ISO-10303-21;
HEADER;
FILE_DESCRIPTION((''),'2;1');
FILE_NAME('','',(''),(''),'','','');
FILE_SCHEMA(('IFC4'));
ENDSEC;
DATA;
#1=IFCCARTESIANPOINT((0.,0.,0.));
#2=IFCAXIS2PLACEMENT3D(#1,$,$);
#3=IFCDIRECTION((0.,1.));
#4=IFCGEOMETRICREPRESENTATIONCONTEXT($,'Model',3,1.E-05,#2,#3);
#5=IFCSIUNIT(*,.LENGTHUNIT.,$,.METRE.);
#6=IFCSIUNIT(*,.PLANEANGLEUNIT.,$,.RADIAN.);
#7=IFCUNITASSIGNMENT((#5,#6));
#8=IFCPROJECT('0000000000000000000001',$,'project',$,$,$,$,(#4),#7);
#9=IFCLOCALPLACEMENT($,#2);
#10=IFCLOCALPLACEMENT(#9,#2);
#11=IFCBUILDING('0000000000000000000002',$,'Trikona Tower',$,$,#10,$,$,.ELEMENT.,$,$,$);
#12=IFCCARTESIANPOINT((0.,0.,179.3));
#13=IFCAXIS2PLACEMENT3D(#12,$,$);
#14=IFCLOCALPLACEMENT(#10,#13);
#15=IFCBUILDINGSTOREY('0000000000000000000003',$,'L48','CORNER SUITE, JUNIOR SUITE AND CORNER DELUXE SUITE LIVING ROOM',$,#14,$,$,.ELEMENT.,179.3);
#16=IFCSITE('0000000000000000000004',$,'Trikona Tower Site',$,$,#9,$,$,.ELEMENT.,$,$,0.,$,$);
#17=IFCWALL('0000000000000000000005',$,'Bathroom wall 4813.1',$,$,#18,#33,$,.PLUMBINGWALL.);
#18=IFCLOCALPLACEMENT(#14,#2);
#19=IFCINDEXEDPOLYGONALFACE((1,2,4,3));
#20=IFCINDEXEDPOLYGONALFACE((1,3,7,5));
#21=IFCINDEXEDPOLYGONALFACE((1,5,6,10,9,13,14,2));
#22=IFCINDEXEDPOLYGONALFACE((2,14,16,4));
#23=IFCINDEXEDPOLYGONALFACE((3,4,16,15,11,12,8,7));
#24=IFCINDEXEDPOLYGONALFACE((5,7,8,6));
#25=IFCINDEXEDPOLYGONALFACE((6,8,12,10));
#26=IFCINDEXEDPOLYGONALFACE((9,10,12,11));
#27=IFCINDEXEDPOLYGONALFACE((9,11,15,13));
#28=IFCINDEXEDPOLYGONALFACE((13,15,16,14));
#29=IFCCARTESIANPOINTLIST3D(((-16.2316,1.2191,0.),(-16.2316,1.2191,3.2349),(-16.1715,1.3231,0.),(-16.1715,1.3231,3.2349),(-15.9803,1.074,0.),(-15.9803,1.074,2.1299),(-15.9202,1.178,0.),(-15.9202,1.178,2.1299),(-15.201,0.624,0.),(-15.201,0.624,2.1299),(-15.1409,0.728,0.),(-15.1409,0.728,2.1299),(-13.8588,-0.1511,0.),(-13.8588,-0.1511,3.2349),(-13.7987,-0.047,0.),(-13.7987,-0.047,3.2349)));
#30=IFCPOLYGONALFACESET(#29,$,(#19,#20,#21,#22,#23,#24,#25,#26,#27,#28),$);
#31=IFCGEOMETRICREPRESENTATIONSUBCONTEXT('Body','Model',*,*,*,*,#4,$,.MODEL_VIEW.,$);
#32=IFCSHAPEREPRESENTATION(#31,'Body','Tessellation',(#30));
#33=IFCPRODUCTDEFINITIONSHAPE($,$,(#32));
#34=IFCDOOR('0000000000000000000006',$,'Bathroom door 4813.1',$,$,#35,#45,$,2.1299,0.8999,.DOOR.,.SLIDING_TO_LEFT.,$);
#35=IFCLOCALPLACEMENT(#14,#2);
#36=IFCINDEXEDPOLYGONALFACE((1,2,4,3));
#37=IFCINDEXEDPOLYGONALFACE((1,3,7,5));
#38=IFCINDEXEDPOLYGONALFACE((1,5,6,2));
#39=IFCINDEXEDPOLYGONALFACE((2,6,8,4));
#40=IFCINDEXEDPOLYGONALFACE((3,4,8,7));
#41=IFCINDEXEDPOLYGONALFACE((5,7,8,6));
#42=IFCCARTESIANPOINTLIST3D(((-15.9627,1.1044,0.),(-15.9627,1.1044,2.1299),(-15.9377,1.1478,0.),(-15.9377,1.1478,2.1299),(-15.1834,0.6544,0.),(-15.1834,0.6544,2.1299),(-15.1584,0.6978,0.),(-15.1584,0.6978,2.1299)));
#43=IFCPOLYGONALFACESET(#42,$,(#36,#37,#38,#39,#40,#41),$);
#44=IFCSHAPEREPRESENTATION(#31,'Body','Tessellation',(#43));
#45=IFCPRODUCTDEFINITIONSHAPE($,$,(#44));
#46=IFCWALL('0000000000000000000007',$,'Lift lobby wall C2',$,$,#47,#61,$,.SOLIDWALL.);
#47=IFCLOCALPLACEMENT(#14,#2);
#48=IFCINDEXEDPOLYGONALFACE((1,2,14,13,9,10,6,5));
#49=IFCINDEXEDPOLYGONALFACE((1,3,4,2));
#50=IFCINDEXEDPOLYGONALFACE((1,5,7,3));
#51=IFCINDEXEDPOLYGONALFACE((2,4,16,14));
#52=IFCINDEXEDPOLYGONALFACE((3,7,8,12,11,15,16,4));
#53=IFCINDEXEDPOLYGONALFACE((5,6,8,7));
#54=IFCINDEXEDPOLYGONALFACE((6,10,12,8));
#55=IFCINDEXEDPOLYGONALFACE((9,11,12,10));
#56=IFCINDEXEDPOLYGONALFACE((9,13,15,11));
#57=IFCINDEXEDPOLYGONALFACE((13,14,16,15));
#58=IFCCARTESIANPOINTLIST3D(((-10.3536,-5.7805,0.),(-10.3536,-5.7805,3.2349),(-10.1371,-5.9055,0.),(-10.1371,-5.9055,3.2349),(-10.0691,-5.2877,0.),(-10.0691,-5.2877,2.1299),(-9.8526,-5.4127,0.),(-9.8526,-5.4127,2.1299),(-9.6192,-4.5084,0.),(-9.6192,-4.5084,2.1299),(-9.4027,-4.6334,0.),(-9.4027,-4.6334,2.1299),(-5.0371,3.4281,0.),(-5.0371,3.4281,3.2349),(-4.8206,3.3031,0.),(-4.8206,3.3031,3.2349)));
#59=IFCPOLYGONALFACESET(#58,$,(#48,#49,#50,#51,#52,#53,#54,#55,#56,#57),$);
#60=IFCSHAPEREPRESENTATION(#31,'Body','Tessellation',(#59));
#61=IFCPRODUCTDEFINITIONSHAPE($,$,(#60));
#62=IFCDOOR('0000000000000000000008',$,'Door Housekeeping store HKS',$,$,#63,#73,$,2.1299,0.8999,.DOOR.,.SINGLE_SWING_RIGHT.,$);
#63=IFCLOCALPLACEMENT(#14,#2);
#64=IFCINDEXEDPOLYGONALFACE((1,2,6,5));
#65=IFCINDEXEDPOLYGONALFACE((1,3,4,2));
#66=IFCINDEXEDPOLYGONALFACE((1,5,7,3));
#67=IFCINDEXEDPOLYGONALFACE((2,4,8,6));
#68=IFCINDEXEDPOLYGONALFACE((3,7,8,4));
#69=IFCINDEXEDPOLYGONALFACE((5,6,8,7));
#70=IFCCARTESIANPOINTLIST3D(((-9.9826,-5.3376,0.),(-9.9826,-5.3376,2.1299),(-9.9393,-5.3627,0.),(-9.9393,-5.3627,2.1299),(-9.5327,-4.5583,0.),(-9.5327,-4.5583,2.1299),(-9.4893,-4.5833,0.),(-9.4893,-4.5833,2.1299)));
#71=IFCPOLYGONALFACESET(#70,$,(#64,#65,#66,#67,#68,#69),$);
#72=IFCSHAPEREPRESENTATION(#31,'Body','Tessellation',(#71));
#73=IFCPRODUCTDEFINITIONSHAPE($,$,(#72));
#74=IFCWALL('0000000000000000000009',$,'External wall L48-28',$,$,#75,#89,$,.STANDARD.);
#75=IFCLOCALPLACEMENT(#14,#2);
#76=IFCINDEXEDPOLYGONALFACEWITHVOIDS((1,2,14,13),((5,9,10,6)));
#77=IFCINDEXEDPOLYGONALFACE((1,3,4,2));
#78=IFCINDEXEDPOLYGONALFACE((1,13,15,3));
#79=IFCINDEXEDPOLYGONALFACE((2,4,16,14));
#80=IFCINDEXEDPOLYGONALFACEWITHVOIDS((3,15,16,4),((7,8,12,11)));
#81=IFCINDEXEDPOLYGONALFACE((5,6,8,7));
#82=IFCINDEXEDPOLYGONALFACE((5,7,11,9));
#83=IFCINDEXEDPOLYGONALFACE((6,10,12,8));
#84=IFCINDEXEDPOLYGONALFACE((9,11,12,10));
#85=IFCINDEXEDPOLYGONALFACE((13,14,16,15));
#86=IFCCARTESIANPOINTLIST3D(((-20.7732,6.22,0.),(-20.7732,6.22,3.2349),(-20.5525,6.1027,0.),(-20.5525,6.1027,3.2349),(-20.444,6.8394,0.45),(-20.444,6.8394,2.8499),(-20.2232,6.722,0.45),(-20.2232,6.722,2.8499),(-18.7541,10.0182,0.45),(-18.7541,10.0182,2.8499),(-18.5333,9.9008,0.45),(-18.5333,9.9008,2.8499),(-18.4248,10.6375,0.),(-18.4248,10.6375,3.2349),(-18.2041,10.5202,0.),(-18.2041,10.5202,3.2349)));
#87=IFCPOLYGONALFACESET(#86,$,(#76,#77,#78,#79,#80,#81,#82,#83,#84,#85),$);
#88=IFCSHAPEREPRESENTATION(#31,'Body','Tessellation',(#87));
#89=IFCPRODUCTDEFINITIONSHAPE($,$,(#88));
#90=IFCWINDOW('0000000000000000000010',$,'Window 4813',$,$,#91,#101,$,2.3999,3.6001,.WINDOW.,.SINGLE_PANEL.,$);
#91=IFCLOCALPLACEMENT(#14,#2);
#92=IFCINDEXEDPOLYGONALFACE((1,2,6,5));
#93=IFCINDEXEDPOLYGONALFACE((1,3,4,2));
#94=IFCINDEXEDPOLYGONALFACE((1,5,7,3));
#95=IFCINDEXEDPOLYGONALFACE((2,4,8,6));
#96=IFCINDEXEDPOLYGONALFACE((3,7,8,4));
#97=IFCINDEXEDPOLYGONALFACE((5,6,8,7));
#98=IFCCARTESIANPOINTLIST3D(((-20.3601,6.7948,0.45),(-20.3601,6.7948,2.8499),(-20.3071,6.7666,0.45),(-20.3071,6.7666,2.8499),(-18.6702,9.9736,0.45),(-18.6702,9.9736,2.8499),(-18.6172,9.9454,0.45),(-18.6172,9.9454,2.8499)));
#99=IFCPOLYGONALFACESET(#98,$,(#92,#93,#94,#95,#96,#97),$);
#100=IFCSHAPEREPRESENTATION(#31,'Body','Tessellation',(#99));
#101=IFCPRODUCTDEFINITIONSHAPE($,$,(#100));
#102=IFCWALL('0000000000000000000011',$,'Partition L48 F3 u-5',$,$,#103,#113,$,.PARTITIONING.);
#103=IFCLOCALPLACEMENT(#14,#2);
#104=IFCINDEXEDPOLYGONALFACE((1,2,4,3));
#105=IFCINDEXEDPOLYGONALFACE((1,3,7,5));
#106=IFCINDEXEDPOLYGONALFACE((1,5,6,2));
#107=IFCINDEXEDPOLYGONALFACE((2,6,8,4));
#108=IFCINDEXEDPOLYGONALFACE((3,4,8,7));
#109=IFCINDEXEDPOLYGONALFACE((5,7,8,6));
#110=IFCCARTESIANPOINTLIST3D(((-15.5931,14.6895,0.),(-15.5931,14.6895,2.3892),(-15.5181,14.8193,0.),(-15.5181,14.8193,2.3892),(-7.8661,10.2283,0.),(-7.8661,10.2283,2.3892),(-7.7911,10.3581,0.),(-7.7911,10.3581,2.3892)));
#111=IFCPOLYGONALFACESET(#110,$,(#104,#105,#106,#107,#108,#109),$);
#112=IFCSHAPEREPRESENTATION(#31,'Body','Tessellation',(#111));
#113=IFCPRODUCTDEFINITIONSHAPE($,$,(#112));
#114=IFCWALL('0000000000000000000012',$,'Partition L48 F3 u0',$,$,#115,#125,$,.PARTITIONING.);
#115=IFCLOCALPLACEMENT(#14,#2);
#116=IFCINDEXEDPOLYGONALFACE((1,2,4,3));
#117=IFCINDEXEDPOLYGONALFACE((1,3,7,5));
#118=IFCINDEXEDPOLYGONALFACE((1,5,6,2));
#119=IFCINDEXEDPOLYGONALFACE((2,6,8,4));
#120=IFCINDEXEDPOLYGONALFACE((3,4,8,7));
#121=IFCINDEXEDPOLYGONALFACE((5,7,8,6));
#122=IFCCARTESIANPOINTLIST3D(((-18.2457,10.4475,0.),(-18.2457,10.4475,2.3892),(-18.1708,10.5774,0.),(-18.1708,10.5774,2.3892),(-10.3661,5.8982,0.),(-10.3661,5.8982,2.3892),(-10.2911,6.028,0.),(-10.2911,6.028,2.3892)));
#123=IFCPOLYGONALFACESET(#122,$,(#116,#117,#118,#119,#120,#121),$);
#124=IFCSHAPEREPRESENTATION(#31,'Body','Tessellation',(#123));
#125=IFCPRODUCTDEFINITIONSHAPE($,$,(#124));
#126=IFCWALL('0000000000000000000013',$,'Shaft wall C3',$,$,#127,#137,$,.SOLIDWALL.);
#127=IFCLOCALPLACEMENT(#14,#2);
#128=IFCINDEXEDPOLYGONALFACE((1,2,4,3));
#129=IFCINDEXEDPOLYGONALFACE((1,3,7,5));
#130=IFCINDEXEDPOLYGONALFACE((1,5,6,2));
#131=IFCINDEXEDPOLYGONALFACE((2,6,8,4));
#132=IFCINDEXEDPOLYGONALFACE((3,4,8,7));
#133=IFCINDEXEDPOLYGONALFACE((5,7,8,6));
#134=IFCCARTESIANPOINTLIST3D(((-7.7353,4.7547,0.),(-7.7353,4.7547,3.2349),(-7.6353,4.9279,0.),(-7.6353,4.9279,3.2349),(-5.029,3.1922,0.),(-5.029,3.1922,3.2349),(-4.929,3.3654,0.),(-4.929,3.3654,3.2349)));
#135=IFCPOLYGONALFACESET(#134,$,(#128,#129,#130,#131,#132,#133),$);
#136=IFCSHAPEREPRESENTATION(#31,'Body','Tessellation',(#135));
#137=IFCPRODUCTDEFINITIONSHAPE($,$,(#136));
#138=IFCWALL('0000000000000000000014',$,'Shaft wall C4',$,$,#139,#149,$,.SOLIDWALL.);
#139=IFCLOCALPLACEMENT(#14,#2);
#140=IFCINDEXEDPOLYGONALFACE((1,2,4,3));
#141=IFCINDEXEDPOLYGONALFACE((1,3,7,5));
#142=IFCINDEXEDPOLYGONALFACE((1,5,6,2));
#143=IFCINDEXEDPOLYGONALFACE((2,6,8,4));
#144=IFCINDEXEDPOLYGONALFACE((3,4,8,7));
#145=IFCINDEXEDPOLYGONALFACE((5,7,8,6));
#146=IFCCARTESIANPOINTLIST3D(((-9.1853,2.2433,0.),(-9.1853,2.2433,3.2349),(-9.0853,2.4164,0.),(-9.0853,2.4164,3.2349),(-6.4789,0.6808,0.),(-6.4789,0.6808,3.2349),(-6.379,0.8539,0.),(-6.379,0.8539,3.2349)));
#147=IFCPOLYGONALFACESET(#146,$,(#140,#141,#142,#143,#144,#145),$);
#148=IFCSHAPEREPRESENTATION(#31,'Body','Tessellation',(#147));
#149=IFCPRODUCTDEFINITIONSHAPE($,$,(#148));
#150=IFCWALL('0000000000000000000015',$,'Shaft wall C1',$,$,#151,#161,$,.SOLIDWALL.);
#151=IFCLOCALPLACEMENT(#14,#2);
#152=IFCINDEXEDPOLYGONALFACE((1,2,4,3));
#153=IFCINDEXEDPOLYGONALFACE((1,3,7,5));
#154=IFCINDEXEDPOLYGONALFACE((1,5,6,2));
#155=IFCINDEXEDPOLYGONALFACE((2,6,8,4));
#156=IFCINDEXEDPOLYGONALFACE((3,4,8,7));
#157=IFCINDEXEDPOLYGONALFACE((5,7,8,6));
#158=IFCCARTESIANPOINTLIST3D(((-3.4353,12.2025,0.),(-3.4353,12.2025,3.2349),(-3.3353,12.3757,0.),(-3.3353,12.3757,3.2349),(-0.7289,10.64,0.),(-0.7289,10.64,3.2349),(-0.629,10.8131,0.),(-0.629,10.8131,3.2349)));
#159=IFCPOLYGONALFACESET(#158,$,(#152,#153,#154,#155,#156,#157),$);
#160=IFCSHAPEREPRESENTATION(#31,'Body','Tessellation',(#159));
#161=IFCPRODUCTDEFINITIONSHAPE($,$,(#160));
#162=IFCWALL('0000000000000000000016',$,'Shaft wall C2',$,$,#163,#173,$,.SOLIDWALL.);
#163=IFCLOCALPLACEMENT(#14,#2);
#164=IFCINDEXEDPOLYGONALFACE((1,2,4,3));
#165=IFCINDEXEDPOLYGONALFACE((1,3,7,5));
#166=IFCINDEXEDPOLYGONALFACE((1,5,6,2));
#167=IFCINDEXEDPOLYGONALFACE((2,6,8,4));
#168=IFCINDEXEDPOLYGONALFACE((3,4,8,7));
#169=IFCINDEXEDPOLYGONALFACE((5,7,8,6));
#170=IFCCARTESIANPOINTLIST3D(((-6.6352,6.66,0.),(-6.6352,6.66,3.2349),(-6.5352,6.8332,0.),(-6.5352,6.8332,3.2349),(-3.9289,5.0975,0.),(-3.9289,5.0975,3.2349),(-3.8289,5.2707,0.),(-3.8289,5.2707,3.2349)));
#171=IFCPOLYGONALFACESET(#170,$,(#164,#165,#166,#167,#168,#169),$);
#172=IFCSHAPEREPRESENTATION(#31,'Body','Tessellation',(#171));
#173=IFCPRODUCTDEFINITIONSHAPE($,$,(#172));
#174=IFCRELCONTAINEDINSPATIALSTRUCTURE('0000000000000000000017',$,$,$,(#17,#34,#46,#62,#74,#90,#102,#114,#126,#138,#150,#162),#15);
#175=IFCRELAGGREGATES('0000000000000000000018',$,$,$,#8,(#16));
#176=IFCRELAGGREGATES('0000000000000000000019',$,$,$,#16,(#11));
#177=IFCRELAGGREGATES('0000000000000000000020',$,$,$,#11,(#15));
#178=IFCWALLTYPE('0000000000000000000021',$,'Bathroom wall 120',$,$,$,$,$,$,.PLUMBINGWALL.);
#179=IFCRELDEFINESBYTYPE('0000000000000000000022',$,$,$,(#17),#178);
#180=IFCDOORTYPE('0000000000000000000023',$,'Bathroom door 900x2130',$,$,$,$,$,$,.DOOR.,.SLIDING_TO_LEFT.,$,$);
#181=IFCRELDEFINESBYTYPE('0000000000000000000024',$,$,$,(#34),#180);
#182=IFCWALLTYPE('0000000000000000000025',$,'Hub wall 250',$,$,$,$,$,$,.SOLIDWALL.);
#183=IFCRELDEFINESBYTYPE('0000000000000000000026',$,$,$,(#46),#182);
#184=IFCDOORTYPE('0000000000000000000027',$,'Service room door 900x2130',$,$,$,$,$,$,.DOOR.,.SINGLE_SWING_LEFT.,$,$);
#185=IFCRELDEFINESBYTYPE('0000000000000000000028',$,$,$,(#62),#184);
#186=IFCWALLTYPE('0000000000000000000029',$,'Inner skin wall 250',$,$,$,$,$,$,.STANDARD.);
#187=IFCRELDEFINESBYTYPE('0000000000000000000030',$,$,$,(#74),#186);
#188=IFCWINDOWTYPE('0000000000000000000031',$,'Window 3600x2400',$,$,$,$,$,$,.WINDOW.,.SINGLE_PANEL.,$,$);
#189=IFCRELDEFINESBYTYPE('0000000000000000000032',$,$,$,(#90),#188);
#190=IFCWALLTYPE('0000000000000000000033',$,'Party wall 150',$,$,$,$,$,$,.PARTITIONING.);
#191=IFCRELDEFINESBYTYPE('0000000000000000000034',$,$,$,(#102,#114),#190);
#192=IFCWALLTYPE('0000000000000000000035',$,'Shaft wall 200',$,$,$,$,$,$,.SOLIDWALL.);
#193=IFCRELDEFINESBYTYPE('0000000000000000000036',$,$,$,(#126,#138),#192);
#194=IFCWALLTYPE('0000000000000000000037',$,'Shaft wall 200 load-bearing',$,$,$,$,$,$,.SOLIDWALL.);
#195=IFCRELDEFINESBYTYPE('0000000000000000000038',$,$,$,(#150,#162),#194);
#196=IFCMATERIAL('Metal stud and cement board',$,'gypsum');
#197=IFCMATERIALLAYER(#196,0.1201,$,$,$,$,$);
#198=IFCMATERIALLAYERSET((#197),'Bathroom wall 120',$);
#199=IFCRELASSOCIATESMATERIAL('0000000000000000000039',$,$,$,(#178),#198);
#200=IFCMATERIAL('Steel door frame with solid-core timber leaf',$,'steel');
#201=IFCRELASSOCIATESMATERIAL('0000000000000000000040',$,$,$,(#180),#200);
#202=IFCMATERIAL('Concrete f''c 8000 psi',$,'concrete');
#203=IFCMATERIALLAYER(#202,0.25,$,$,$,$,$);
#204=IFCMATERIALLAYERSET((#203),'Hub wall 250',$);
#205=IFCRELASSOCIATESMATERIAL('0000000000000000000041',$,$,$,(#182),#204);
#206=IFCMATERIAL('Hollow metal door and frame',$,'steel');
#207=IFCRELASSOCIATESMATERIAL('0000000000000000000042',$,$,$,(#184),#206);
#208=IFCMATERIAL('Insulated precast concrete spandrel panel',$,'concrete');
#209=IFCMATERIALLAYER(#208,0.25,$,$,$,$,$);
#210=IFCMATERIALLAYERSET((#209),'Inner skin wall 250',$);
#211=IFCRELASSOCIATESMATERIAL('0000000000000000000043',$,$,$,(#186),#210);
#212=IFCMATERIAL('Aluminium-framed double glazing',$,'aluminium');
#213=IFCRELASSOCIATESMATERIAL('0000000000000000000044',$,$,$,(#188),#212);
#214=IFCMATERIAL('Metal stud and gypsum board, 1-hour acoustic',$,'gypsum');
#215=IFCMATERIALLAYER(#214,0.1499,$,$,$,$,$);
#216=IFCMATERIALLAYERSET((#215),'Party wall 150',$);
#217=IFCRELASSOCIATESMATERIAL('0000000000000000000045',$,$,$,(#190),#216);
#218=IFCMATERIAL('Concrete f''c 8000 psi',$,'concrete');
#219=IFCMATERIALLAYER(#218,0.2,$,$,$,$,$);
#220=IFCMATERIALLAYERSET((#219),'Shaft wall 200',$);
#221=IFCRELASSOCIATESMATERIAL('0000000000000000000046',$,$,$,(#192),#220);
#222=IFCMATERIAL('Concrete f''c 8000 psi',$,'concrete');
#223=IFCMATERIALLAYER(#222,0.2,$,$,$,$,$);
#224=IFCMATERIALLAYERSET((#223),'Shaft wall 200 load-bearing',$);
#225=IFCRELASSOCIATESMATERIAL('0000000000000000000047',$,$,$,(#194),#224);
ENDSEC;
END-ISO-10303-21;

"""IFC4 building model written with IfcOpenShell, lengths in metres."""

from ifc_helpers import new_model, si_unit, direction, frame, frame_2d, origin, place, context, subcontext, project, spatial, rectangle, extrude, material, layer, layer_set, type_object, element, fill, save


model = new_model("IFC4")

# Units and contexts
model_context = context("Model", 3, precision=1e-05, world=origin(), true_north=direction((0.0, 1.0)))
body_context = subcontext(model_context, "Body", "Model", "MODEL_VIEW")
ifc_project = project(units=[si_unit("LENGTHUNIT", "METRE"), si_unit("PLANEANGLEUNIT", "RADIAN")], contexts=[model_context])

# Site, building, storey
site_placement = place(None, origin())
site = spatial("IfcSite", under=ifc_project, at=site_placement, Name="Trikona Tower Site", CompositionType="ELEMENT", RefElevation=0.0)
building_placement = place(site_placement, origin())
building = spatial("IfcBuilding", under=site, at=building_placement, Name="Trikona Tower", CompositionType="ELEMENT")
storey_placement = place(building_placement, frame((0.0, 0.0, 179.3)))
storey = spatial("IfcBuildingStorey", under=building, at=storey_placement, Name="L48", Description="CORNER SUITE, JUNIOR SUITE AND CORNER DELUXE SUITE LIVING ROOM", CompositionType="ELEMENT", Elevation=179.3)

# Shared definitions
ifc_material_1 = material(Name="Metal stud and cement board", Category="gypsum")
ifc_layer_1 = layer(ifc_material_1, 0.1201)
ifc_layer_set_1 = layer_set([ifc_layer_1], Name="Bathroom wall 120")
wall_type_1 = type_object("IfcWallType", Name="Bathroom wall 120", PredefinedType="PLUMBINGWALL", material=ifc_layer_set_1)

# Shared definitions
ifc_material_2 = material(Name="Steel door frame with solid-core timber leaf", Category="steel")
door_type_1 = type_object("IfcDoorType", Name="Bathroom door 900x2130", OperationType="SLIDING_TO_LEFT", PredefinedType="DOOR", material=ifc_material_2)

# Walls, openings, doors
wall_1_placement = place(storey_placement, frame((-13.8286, -0.0991, 0.0), z_axis=(0.0, 0.0, 1.0), x_axis=(-0.865997, 0.500049, 0.0)))
wall_1 = element("IfcWall", 1, at=wall_1_placement, inside=storey, type_object=wall_type_1, Name="Bathroom wall 4813.1", PredefinedType="PLUMBINGWALL", context=body_context, shape_type="SweptSolid", body=[
    extrude(rectangle(XDim=2.74, YDim=0.1201, at=frame_2d((1.3701, 0.0))), origin(), (0.0, 0.0, 1.0), 3.2349),
])
opening_1_placement = place(wall_1_placement, frame((1.55, 0.0, 0.0)))
opening_1 = element("IfcOpeningElement", 2, at=opening_1_placement, cuts=wall_1, PredefinedType="OPENING", context=body_context, shape_type="SweptSolid", body=[
    extrude(rectangle(XDim=0.8999, YDim=2.1299, at=frame_2d((0.45, 1.0649))), frame((0.0, 0.0701, 0.0), z_axis=(0.0, -1.0, 0.0), x_axis=(1.0, 0.0, 0.0)), (0.0, 0.0, 1.0), 0.1401),
])
door_1_placement = place(opening_1_placement, origin())
door_1 = element("IfcDoor", 3, at=door_1_placement, inside=storey, type_object=door_type_1, Name="Bathroom door 4813.1", OperationType="SLIDING_TO_LEFT", OverallHeight=2.1299, OverallWidth=0.8999, PredefinedType="DOOR", context=body_context, shape_type="SweptSolid", body=[
    extrude(rectangle(XDim=0.8999, YDim=2.1299, at=frame_2d((0.45, 1.0649))), frame((0.0, 0.0249, 0.0), z_axis=(0.0, -1.0, 0.0), x_axis=(1.0, 0.0, 0.0)), (0.0, 0.0, 1.0), 0.05),
])
fill(opening_1, door_1)
ifc_material_3 = material(Name="Concrete f'c 8000 psi", Category="concrete")
ifc_layer_2 = layer(ifc_material_3, 0.25)
ifc_layer_set_2 = layer_set([ifc_layer_2], Name="Hub wall 250")
wall_type_2 = type_object("IfcWallType", Name="Hub wall 250", PredefinedType="SOLIDWALL", material=ifc_layer_set_2)
wall_2_placement = place(storey_placement, frame((-4.929, 3.3655, 0.0), z_axis=(0.0, 0.0, 1.0), x_axis=(-0.499991, -0.86603, 0.0)))
wall_2 = element("IfcWall", 4, at=wall_2_placement, inside=storey, type_object=wall_type_2, Name="Lift lobby wall C2", PredefinedType="SOLIDWALL", context=body_context, shape_type="SweptSolid", body=[
    extrude(rectangle(XDim=10.6331, YDim=0.25, at=frame_2d((5.3164, 0.0))), origin(), (0.0, 0.0, 1.0), 3.2349),
])
opening_2_placement = place(wall_2_placement, frame((9.1641, 0.0, 0.0)))
opening_2 = element("IfcOpeningElement", 5, at=opening_2_placement, cuts=wall_2, PredefinedType="OPENING", context=body_context, shape_type="SweptSolid", body=[
    extrude(rectangle(XDim=0.8999, YDim=2.1299, at=frame_2d((0.45, 1.0649))), frame((0.0, 0.135, 0.0), z_axis=(0.0, -1.0, 0.0), x_axis=(1.0, 0.0, 0.0)), (0.0, 0.0, 1.0), 0.27),
])
ifc_material_4 = material(Name="Hollow metal door and frame", Category="steel")
door_type_2 = type_object("IfcDoorType", Name="Service room door 900x2130", OperationType="SINGLE_SWING_LEFT", PredefinedType="DOOR", material=ifc_material_4)
door_2_placement = place(opening_2_placement, origin())
door_2 = element("IfcDoor", 6, at=door_2_placement, inside=storey, type_object=door_type_2, Name="Door Housekeeping store HKS", OperationType="SINGLE_SWING_RIGHT", OverallHeight=2.1299, OverallWidth=0.8999, PredefinedType="DOOR", context=body_context, shape_type="SweptSolid", body=[
    extrude(rectangle(XDim=0.8999, YDim=2.1299, at=frame_2d((0.45, 1.0649))), frame((0.0, 0.0249, 0.0), z_axis=(0.0, -1.0, 0.0), x_axis=(1.0, 0.0, 0.0)), (0.0, 0.0, 1.0), 0.05),
])
fill(opening_2, door_2)

# Wall, opening, window
ifc_material_5 = material(Name="Insulated precast concrete spandrel panel", Category="concrete")
ifc_layer_3 = layer(ifc_material_5, 0.25)
ifc_layer_set_3 = layer_set([ifc_layer_3], Name="Inner skin wall 250")
wall_type_3 = type_object("IfcWallType", Name="Inner skin wall 250", PredefinedType="STANDARD", material=ifc_layer_set_3)
wall_3_placement = place(storey_placement, frame((-18.3145, 10.5789, 0.0), z_axis=(0.0, 0.0, 1.0), x_axis=(-0.469405, -0.882983, 0.0)))
wall_3 = element("IfcWall", 7, at=wall_3_placement, inside=storey, type_object=wall_type_3, Name="External wall L48-28", PredefinedType="STANDARD", context=body_context, shape_type="SweptSolid", body=[
    extrude(rectangle(XDim=5.0029, YDim=0.25, at=frame_2d((2.5015, 0.0))), origin(), (0.0, 0.0, 1.0), 3.2349),
])
opening_3_placement = place(wall_3_placement, frame((0.7014, 0.0, 0.45)))
opening_3 = element("IfcOpeningElement", 8, at=opening_3_placement, cuts=wall_3, PredefinedType="OPENING", context=body_context, shape_type="SweptSolid", body=[
    extrude(rectangle(XDim=3.6001, YDim=2.3999, at=frame_2d((1.8, 1.2))), frame((0.0, 0.135, 0.0), z_axis=(0.0, -1.0, 0.0), x_axis=(1.0, 0.0, 0.0)), (0.0, 0.0, 1.0), 0.27),
])
ifc_material_6 = material(Name="Aluminium-framed double glazing", Category="aluminium")
window_type = type_object("IfcWindowType", Name="Window 3600x2400", PartitioningType="SINGLE_PANEL", PredefinedType="WINDOW", material=ifc_material_6)
window_placement = place(opening_3_placement, origin())
window = element("IfcWindow", 9, at=window_placement, inside=storey, type_object=window_type, Name="Window 4813", OverallHeight=2.3999, OverallWidth=3.6001, PartitioningType="SINGLE_PANEL", PredefinedType="WINDOW", context=body_context, shape_type="SweptSolid", body=[
    extrude(rectangle(XDim=3.6001, YDim=2.3999, at=frame_2d((1.8, 1.2))), frame((0.0, 0.03, 0.0), z_axis=(0.0, -1.0, 0.0), x_axis=(1.0, 0.0, 0.0)), (0.0, 0.0, 1.0), 0.0601),
])
fill(opening_3, window)

# Walls
ifc_material_7 = material(Name="Metal stud and gypsum board, 1-hour acoustic", Category="gypsum")
ifc_layer_4 = layer(ifc_material_7, 0.1499)
ifc_layer_set_4 = layer_set([ifc_layer_4], Name="Party wall 150")
wall_type_4 = type_object("IfcWallType", Name="Party wall 150", PredefinedType="PARTITIONING", material=ifc_layer_set_4)
wall_4_placement = place(storey_placement, frame((-7.8286, 10.2932, 0.0), z_axis=(0.0, 0.0, 1.0), x_axis=(-0.866027, 0.499997, 0.0)))
element("IfcWall", 10, at=wall_4_placement, inside=storey, type_object=wall_type_4, Name="Partition L48 F3 u-5", PredefinedType="PARTITIONING", context=body_context, shape_type="SweptSolid", body=[
    extrude(rectangle(XDim=8.9224, YDim=0.1499, at=frame_2d((4.4612, 0.0))), origin(), (0.0, 0.0, 1.0), 2.3892),
])
wall_5_placement = place(storey_placement, frame((-10.3286, 5.9631, 0.0), z_axis=(0.0, 0.0, 1.0), x_axis=(-0.866025, 0.5, 0.0)))
element("IfcWall", 11, at=wall_5_placement, inside=storey, type_object=wall_type_4, Name="Partition L48 F3 u0", PredefinedType="PARTITIONING", context=body_context, shape_type="SweptSolid", body=[
    extrude(rectangle(XDim=9.0986, YDim=0.1499, at=frame_2d((4.5493, 0.0))), origin(), (0.0, 0.0, 1.0), 2.3892),
])
ifc_material_8 = material(Name="Concrete f'c 8000 psi", Category="concrete")
ifc_layer_5 = layer(ifc_material_8, 0.2)
ifc_layer_set_5 = layer_set([ifc_layer_5], Name="Shaft wall 200")
wall_type_5 = type_object("IfcWallType", Name="Shaft wall 200", PredefinedType="SOLIDWALL", material=ifc_layer_set_5)
for number, where, z_axis, x_axis, name in (
    (12, (-4.979, 3.2788, 0.0), (0.0, 0.0, 1.0), (-0.866023, 0.500004, 0.0), "Shaft wall C3"),
    (13, (-6.429, 0.7673, 0.0), (0.0, 0.0, 1.0), (-0.866023, 0.500004, 0.0), "Shaft wall C4"),
):
    element("IfcWall", number, at=place(storey_placement, frame(where, z_axis=z_axis, x_axis=x_axis)), inside=storey, type_object=wall_type_5, Name=name, PredefinedType="SOLIDWALL", context=body_context, shape_type="SweptSolid", body=[
        extrude(rectangle(XDim=3.125, YDim=0.2, at=frame_2d((1.5625, 0.0))), origin(), (0.0, 0.0, 1.0), 3.2349),
    ])
ifc_material_9 = material(Name="Concrete f'c 8000 psi", Category="concrete")
ifc_layer_6 = layer(ifc_material_9, 0.2)
ifc_layer_set_6 = layer_set([ifc_layer_6], Name="Shaft wall 200 load-bearing")
wall_type_6 = type_object("IfcWallType", Name="Shaft wall 200 load-bearing", PredefinedType="SOLIDWALL", material=ifc_layer_set_6)
for number, where, z_axis, x_axis, name in (
    (14, (-0.679, 10.7266, 0.0), (0.0, 0.0, 1.0), (-0.866023, 0.500004, 0.0), "Shaft wall C1"),
    (15, (-3.8789, 5.1841, 0.0), (0.0, 0.0, 1.0), (-0.866023, 0.500004, 0.0), "Shaft wall C2"),
):
    element("IfcWall", number, at=place(storey_placement, frame(where, z_axis=z_axis, x_axis=x_axis)), inside=storey, type_object=wall_type_6, Name=name, PredefinedType="SOLIDWALL", context=body_context, shape_type="SweptSolid", body=[
        extrude(rectangle(XDim=3.125, YDim=0.2, at=frame_2d((1.5625, 0.0))), origin(), (0.0, 0.0, 1.0), 3.2349),
    ])

save(model, "model.ifc")
